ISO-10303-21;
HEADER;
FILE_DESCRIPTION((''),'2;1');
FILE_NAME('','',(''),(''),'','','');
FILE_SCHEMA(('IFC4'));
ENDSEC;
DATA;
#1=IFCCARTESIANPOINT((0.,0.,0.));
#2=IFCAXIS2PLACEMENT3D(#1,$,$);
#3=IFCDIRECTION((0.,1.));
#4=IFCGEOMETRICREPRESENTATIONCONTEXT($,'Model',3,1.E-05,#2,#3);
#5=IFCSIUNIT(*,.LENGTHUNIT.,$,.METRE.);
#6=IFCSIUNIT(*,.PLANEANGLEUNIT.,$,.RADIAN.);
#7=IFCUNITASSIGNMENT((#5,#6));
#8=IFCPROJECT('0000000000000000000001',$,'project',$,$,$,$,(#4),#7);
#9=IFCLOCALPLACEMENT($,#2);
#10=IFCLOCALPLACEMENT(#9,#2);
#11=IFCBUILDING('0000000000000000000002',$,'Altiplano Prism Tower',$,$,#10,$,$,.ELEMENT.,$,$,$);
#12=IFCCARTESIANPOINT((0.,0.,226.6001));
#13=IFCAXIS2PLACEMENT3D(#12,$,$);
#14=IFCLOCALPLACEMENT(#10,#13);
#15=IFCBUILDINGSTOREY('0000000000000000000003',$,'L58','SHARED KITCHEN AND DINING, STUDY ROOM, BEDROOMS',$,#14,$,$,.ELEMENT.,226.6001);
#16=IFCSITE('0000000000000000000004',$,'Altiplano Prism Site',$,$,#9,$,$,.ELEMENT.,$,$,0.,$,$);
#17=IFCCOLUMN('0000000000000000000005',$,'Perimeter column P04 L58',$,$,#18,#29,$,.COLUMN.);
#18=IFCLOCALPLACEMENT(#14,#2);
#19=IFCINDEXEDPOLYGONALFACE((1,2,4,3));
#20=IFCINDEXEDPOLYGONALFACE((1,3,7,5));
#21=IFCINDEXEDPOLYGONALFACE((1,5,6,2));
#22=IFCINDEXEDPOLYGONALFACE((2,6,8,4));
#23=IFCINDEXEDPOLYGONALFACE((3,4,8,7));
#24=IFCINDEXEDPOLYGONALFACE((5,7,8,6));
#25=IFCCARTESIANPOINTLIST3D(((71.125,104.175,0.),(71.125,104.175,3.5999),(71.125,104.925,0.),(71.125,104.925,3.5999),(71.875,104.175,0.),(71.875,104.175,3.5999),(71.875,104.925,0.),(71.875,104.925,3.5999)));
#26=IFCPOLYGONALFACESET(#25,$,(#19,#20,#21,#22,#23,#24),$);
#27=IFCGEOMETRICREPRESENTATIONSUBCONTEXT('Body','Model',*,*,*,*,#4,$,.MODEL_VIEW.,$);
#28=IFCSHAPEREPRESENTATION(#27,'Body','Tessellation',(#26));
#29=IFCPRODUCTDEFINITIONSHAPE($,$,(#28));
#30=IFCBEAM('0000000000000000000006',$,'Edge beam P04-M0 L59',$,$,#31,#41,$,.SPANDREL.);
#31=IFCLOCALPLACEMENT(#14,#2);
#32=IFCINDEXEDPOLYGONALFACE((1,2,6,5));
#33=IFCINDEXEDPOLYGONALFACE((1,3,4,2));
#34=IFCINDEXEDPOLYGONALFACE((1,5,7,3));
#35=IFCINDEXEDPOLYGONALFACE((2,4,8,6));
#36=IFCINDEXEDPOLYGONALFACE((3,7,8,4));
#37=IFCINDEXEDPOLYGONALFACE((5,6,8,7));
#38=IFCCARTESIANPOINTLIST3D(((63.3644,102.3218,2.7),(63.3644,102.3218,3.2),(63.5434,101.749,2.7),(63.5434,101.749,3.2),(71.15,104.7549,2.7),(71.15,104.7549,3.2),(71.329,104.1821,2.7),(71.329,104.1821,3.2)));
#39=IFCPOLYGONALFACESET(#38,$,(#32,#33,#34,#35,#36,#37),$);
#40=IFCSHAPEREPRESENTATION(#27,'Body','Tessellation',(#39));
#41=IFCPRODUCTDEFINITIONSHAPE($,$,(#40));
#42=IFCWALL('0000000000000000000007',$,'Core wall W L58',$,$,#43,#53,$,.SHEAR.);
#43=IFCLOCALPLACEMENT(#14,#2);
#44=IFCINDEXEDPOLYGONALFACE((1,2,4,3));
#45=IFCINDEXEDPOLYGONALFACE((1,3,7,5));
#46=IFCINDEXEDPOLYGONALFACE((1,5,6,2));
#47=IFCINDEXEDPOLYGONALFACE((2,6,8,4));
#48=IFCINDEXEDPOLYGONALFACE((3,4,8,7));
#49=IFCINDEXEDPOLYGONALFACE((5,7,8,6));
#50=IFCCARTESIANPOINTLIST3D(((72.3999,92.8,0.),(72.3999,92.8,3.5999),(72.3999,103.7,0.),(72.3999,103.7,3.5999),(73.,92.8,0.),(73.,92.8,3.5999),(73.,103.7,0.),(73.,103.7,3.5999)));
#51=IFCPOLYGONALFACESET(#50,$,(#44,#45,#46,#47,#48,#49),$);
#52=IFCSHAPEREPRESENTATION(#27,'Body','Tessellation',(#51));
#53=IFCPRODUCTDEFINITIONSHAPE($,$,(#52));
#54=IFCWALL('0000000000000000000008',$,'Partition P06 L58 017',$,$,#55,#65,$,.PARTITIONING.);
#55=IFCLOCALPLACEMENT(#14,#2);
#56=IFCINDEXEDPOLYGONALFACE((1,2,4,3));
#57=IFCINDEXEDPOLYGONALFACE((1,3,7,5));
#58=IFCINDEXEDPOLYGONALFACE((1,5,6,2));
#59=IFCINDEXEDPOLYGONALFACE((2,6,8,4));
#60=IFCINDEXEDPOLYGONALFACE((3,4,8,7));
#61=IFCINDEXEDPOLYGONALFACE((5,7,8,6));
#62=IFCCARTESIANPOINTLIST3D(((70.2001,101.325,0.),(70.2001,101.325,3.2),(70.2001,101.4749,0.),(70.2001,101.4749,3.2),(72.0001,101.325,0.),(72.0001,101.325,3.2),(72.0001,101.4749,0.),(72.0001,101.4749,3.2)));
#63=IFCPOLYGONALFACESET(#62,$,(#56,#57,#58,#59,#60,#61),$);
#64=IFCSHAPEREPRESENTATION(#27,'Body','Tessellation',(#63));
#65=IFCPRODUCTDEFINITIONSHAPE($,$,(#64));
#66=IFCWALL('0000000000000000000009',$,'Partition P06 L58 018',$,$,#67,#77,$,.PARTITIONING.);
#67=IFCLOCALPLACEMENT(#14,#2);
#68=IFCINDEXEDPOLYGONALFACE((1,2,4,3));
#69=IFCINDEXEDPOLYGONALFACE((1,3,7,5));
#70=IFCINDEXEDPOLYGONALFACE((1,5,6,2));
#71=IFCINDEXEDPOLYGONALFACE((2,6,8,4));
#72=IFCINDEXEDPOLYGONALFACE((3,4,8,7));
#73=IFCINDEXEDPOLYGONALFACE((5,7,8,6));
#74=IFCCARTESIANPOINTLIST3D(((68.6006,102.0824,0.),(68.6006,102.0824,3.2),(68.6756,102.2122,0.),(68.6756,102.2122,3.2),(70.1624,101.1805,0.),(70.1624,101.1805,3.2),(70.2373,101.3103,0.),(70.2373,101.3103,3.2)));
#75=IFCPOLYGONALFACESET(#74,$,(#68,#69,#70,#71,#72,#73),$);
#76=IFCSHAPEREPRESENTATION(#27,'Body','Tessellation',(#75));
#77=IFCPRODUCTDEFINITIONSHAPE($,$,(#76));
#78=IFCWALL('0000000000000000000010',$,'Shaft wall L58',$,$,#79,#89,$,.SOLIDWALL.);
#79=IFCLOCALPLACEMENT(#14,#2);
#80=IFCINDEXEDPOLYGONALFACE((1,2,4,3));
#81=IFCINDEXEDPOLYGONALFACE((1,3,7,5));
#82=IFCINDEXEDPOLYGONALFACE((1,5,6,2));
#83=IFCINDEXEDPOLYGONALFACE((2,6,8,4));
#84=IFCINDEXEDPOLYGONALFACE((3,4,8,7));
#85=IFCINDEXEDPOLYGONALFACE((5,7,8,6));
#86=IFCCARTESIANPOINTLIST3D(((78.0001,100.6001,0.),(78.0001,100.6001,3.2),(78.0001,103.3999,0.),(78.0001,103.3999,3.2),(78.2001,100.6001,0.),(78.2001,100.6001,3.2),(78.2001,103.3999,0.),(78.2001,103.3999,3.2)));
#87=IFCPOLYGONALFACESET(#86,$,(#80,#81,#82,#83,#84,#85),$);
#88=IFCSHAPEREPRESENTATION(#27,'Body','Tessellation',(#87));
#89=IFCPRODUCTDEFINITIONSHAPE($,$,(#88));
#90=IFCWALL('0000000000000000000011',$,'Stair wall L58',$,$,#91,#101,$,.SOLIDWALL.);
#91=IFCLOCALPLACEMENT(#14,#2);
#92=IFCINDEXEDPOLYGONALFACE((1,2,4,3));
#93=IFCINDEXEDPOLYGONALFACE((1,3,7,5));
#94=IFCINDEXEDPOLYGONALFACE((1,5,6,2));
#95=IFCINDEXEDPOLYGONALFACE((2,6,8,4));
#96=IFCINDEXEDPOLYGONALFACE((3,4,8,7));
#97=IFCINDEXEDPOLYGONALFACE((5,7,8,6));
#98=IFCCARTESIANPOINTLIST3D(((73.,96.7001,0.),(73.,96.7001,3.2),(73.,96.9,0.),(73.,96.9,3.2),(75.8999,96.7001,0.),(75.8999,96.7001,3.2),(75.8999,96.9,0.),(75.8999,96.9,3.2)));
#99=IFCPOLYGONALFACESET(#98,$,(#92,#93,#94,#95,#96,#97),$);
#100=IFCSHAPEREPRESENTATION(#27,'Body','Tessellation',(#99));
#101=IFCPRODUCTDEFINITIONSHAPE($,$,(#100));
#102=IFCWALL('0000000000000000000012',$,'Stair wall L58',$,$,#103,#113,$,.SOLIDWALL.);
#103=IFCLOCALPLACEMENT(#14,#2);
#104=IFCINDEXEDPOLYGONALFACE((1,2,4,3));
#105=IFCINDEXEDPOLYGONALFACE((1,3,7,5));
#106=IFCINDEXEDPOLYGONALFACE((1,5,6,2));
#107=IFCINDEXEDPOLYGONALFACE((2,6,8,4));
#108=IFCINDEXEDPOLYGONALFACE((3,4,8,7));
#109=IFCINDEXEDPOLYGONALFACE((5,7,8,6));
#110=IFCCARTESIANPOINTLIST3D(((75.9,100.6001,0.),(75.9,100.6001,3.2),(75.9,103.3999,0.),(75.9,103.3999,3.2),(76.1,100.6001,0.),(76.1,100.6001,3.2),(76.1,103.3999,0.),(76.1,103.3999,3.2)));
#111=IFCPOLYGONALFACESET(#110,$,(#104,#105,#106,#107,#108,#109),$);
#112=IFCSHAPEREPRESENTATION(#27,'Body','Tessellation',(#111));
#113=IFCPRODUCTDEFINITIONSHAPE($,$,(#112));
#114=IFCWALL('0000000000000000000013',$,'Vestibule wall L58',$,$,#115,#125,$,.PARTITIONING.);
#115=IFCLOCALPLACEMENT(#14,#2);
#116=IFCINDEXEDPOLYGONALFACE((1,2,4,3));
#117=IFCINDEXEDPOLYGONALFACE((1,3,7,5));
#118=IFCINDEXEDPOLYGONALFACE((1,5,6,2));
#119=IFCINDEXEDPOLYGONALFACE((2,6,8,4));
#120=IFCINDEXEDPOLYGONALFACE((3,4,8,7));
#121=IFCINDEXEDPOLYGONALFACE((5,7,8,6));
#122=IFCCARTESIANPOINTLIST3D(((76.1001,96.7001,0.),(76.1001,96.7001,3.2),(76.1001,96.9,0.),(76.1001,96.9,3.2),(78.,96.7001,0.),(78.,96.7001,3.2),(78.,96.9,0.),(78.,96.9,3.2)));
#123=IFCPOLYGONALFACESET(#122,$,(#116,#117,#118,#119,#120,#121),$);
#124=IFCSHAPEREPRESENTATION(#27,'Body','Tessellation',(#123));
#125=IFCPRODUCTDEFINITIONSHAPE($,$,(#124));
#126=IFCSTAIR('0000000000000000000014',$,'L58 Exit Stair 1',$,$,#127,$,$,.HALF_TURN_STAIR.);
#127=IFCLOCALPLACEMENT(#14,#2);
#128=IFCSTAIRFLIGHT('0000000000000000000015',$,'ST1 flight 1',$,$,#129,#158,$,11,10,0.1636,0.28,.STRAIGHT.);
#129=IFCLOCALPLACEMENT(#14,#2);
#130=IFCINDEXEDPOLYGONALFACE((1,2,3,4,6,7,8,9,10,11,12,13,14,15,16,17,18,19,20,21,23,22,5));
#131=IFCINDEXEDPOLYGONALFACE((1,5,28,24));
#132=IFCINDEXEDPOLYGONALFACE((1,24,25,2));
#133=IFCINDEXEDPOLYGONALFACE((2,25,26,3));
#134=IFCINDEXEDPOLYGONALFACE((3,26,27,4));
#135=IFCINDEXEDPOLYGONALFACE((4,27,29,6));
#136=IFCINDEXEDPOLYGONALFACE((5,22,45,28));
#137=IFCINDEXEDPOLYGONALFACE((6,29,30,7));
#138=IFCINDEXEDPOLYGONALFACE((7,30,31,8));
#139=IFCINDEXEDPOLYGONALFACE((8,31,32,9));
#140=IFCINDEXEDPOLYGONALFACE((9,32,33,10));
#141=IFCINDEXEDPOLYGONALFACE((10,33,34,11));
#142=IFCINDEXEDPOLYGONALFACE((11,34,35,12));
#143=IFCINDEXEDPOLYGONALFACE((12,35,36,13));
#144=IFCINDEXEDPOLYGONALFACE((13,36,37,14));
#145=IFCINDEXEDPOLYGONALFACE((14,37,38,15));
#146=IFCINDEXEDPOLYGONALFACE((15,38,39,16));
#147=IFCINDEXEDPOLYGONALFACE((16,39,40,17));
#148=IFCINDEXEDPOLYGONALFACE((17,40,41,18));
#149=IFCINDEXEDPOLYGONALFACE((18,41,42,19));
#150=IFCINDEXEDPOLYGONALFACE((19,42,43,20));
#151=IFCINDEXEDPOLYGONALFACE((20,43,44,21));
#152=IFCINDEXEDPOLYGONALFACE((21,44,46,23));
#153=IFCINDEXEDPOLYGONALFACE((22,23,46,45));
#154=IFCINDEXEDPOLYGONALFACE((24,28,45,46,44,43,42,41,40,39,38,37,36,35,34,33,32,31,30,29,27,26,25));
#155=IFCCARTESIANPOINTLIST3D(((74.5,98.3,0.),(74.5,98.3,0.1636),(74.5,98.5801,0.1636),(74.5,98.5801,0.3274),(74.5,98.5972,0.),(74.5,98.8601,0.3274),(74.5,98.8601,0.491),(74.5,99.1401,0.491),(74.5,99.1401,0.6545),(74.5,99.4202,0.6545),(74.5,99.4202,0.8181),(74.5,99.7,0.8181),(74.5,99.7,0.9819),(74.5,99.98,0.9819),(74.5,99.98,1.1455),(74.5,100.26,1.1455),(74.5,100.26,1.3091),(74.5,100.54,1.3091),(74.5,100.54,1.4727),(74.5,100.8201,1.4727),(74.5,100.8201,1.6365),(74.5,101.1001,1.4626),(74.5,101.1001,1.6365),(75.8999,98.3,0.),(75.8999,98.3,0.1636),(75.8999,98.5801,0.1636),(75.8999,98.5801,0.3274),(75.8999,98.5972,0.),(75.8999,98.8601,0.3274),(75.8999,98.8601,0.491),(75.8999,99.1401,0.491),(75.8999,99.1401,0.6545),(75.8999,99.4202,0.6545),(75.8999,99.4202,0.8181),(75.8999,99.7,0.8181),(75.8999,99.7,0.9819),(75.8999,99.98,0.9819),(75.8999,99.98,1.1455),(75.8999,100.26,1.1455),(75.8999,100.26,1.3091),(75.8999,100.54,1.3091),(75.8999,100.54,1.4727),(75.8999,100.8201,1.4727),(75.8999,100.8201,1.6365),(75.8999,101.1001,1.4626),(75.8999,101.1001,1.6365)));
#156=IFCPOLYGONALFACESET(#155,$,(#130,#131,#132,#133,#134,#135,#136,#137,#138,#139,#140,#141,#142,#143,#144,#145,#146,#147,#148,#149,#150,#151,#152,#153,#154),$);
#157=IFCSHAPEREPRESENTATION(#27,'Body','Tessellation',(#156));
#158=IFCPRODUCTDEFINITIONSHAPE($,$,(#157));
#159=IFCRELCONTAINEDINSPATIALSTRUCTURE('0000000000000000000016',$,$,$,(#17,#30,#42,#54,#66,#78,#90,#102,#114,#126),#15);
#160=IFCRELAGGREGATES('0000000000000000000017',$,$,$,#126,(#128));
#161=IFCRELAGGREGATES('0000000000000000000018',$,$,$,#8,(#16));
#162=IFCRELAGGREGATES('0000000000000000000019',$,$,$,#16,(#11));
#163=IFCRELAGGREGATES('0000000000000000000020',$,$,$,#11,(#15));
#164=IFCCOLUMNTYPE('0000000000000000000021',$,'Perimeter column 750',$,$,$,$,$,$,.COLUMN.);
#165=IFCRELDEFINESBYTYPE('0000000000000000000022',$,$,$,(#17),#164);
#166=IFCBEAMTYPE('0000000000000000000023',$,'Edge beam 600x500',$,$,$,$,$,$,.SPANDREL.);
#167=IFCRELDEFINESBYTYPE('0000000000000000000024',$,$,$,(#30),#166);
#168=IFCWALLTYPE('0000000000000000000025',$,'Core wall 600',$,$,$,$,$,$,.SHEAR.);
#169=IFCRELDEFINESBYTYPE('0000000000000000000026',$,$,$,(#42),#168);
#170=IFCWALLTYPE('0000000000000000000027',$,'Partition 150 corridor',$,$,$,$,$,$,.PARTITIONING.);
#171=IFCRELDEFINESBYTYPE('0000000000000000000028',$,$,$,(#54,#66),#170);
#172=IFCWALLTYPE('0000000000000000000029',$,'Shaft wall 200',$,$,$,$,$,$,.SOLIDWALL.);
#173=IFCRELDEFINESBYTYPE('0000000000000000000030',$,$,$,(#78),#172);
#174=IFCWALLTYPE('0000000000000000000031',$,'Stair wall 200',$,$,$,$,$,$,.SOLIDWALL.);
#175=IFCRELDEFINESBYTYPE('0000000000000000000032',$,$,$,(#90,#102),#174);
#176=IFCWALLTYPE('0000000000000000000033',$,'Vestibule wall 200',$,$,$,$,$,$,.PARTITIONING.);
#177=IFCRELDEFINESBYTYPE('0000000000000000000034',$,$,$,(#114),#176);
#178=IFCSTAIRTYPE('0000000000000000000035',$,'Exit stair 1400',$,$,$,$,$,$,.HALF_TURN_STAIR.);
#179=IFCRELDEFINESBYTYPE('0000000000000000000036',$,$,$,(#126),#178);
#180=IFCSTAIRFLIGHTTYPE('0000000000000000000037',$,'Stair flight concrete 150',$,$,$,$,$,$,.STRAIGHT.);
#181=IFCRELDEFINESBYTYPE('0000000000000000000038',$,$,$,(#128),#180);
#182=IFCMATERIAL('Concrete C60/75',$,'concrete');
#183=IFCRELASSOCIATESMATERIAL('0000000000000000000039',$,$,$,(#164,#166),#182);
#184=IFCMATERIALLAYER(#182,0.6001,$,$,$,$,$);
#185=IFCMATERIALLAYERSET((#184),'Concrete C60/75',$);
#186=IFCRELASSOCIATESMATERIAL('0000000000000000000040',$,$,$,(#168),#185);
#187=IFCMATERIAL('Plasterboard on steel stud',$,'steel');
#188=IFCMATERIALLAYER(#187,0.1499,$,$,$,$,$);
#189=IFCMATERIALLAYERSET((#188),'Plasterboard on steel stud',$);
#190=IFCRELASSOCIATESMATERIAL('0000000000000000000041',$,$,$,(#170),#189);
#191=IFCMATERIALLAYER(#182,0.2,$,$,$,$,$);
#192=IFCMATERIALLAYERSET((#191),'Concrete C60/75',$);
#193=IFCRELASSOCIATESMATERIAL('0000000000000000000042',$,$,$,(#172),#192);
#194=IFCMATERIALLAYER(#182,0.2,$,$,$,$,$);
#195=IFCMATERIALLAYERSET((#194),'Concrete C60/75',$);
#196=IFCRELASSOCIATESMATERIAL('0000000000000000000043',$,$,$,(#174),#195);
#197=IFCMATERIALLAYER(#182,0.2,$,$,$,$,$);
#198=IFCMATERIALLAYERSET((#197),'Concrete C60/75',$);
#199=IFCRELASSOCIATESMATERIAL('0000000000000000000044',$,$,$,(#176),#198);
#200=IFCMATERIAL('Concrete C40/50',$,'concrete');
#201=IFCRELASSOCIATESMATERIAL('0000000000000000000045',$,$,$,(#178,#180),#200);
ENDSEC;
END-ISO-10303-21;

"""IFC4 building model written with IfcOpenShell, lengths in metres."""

from ifc_helpers import new_model, si_unit, direction, frame, frame_2d, origin, origin_2d, place, context, subcontext, project, spatial, polyline, rectangle, outline, extrude, material, layer, layer_set, material_profile, profile_set, type_object, element, aggregate, save


model = new_model("IFC4")

# Units and contexts
model_context = context("Model", 3, precision=1e-05, world=origin(), true_north=direction((0.0, 1.0)))
body_context = subcontext(model_context, "Body", "Model", "MODEL_VIEW")
ifc_project = project(units=[si_unit("LENGTHUNIT", "METRE"), si_unit("PLANEANGLEUNIT", "RADIAN")], contexts=[model_context])

# Site, building, storey
site_placement = place(None, origin())
site = spatial("IfcSite", under=ifc_project, at=site_placement, Name="Altiplano Prism Site", CompositionType="ELEMENT", RefElevation=0.0)
building_placement = place(site_placement, origin())
building = spatial("IfcBuilding", under=site, at=building_placement, Name="Altiplano Prism Tower", CompositionType="ELEMENT")
storey_placement = place(building_placement, frame((0.0, 0.0, 226.6001)))
storey = spatial("IfcBuildingStorey", under=building, at=storey_placement, Name="L58", Description="SHARED KITCHEN AND DINING, STUDY ROOM, BEDROOMS", CompositionType="ELEMENT", Elevation=226.6001)

# Column
ifc_material_1 = material(Name="Concrete C60/75", Category="concrete")
ifc_material_profile_1 = material_profile(ifc_material_1, rectangle(XDim=0.75, YDim=0.75, at=origin_2d()), Name="Perimeter column 750")
ifc_profile_set_1 = profile_set([ifc_material_profile_1], Name="Concrete C60/75")
column_type = type_object("IfcColumnType", Name="Perimeter column 750", PredefinedType="COLUMN", material=ifc_profile_set_1)
column_placement = place(storey_placement, frame((71.5, 104.55, 0.0), z_axis=(0.0, 0.0, 1.0), x_axis=(1.0, 0.0, 0.0)))
element("IfcColumn", 1, at=column_placement, inside=storey, type_object=column_type, Name="Perimeter column P04 L58", PredefinedType="COLUMN", context=body_context, shape_type="SweptSolid", body=[
    extrude(rectangle(XDim=0.75, YDim=0.75, at=origin_2d()), origin(), (0.0, 0.0, 1.0), 3.5999),
])

# Beam
ifc_material_profile_2 = material_profile(ifc_material_1, rectangle(XDim=0.6001, YDim=0.5, at=origin_2d()), Name="Edge beam 600x500")
ifc_profile_set_2 = profile_set([ifc_material_profile_2], Name="Concrete C60/75")
beam_type = type_object("IfcBeamType", Name="Edge beam 600x500", PredefinedType="SPANDREL", material=ifc_profile_set_2)
beam_placement = place(storey_placement, frame((71.2395, 104.4685, 2.95), z_axis=(-0.954477, -0.298285, 0.0), x_axis=(0.298285, -0.954477, 0.0)))
element("IfcBeam", 2, at=beam_placement, inside=storey, type_object=beam_type, Name="Edge beam P04-M0 L59", PredefinedType="SPANDREL", context=body_context, shape_type="SweptSolid", body=[
    extrude(rectangle(XDim=0.6001, YDim=0.5, at=origin_2d()), origin(), (0.0, 0.0, 1.0), 8.157),
])

# Walls
ifc_layer_1 = layer(ifc_material_1, 0.6001)
ifc_layer_set_1 = layer_set([ifc_layer_1], Name="Concrete C60/75")
wall_type_1 = type_object("IfcWallType", Name="Core wall 600", PredefinedType="SHEAR", material=ifc_layer_set_1)
wall_1_placement = place(storey_placement, frame((72.7, 103.7, 0.0), z_axis=(0.0, 0.0, 1.0), x_axis=(0.0, -1.0, 0.0)))
element("IfcWall", 3, at=wall_1_placement, inside=storey, type_object=wall_type_1, Name="Core wall W L58", PredefinedType="SHEAR", context=body_context, shape_type="SweptSolid", body=[
    extrude(rectangle(XDim=10.8999, YDim=0.6001, at=frame_2d((5.45, 0.0))), origin(), (0.0, 0.0, 1.0), 3.5999),
])
ifc_material_2 = material(Name="Plasterboard on steel stud", Category="steel")
ifc_layer_2 = layer(ifc_material_2, 0.1499)
ifc_layer_set_2 = layer_set([ifc_layer_2], Name="Plasterboard on steel stud")
wall_type_2 = type_object("IfcWallType", Name="Partition 150 corridor", PredefinedType="PARTITIONING", material=ifc_layer_set_2)
wall_2_placement = place(storey_placement, frame((72.0, 101.3999, 0.0), z_axis=(0.0, 0.0, 1.0), x_axis=(-1.0, 0.0, 0.0)))
element("IfcWall", 4, at=wall_2_placement, inside=storey, type_object=wall_type_2, Name="Partition P06 L58 017", PredefinedType="PARTITIONING", context=body_context, shape_type="SweptSolid", body=[
    extrude(rectangle(XDim=1.8, YDim=0.1499, at=frame_2d((0.8999, 0.0))), origin(), (0.0, 0.0, 1.0), 3.2),
])
wall_3_placement = place(storey_placement, frame((70.2, 101.2454, 0.0), z_axis=(0.0, 0.0, 1.0), x_axis=(-0.865985, 0.50007, 0.0)))
element("IfcWall", 5, at=wall_3_placement, inside=storey, type_object=wall_type_2, Name="Partition P06 L58 018", PredefinedType="PARTITIONING", context=body_context, shape_type="SweptSolid", body=[
    extrude(rectangle(XDim=1.8035, YDim=0.1499, at=frame_2d((0.9019, 0.0))), origin(), (0.0, 0.0, 1.0), 3.2),
])
ifc_layer_3 = layer(ifc_material_1, 0.2)
ifc_layer_set_3 = layer_set([ifc_layer_3], Name="Concrete C60/75")
wall_type_3 = type_object("IfcWallType", Name="Shaft wall 200", PredefinedType="SOLIDWALL", material=ifc_layer_set_3)
wall_4_placement = place(storey_placement, frame((78.1001, 100.6001, 0.0), z_axis=(0.0, 0.0, 1.0), x_axis=(0.0, 1.0, 0.0)))
element("IfcWall", 6, at=wall_4_placement, inside=storey, type_object=wall_type_3, Name="Shaft wall L58", PredefinedType="SOLIDWALL", context=body_context, shape_type="SweptSolid", body=[
    extrude(rectangle(XDim=2.7998, YDim=0.2, at=frame_2d((1.3999, 0.0))), origin(), (0.0, 0.0, 1.0), 3.2),
])
ifc_layer_4 = layer(ifc_material_1, 0.2)
ifc_layer_set_4 = layer_set([ifc_layer_4], Name="Concrete C60/75")
wall_type_4 = type_object("IfcWallType", Name="Stair wall 200", PredefinedType="SOLIDWALL", material=ifc_layer_set_4)
wall_5_placement = place(storey_placement, frame((73.0, 96.8, 0.0), z_axis=(0.0, 0.0, 1.0), x_axis=(1.0, 0.0, 0.0)))
element("IfcWall", 7, at=wall_5_placement, inside=storey, type_object=wall_type_4, Name="Stair wall L58", PredefinedType="SOLIDWALL", context=body_context, shape_type="SweptSolid", body=[
    extrude(rectangle(XDim=2.8999, YDim=0.2, at=frame_2d((1.45, 0.0))), origin(), (0.0, 0.0, 1.0), 3.2),
])

# Walls
wall_6_placement = place(storey_placement, frame((76.0, 100.6001, 0.0), z_axis=(0.0, 0.0, 1.0), x_axis=(0.0, 1.0, 0.0)))
element("IfcWall", 8, at=wall_6_placement, inside=storey, type_object=wall_type_4, Name="Stair wall L58", PredefinedType="SOLIDWALL", context=body_context, shape_type="SweptSolid", body=[
    extrude(rectangle(XDim=2.7998, YDim=0.2, at=frame_2d((1.3999, 0.0))), origin(), (0.0, 0.0, 1.0), 3.2),
])
ifc_layer_5 = layer(ifc_material_1, 0.2)
ifc_layer_set_5 = layer_set([ifc_layer_5], Name="Concrete C60/75")
wall_type_5 = type_object("IfcWallType", Name="Vestibule wall 200", PredefinedType="PARTITIONING", material=ifc_layer_set_5)
wall_7_placement = place(storey_placement, frame((76.1001, 96.8, 0.0), z_axis=(0.0, 0.0, 1.0), x_axis=(1.0, 0.0, 0.0)))
element("IfcWall", 9, at=wall_7_placement, inside=storey, type_object=wall_type_5, Name="Vestibule wall L58", PredefinedType="PARTITIONING", context=body_context, shape_type="SweptSolid", body=[
    extrude(rectangle(XDim=1.8999, YDim=0.2, at=frame_2d((0.95, 0.0))), origin(), (0.0, 0.0, 1.0), 3.2),
])

# Stair, stair flight
ifc_material_3 = material(Name="Concrete C40/50", Category="concrete")
stair_type = type_object("IfcStairType", Name="Exit stair 1400", PredefinedType="HALF_TURN_STAIR", material=ifc_material_3)
stair_placement = place(storey_placement, origin())
stair = element("IfcStair", 10, at=stair_placement, inside=storey, type_object=stair_type, Name="L58 Exit Stair 1", PredefinedType="HALF_TURN_STAIR")
stair_flight_type = type_object("IfcStairFlightType", Name="Stair flight concrete 150", PredefinedType="STRAIGHT", material=ifc_material_3)
stair_flight_1_placement = place(storey_placement, frame((75.2, 98.3, 0.0), z_axis=(0.0, 0.0, 1.0), x_axis=(0.0, 1.0, 0.0)))
stair_flight_1 = element("IfcStairFlight", 11, at=stair_flight_1_placement, type_object=stair_flight_type, Name="ST1 flight 1", NumberOfRisers=11, NumberOfTreads=10, PredefinedType="STRAIGHT", RiserHeight=0.1636, TreadLength=0.28, context=body_context, shape_type="SweptSolid", body=[
    extrude(outline(polyline([(0.0, 0.0), (0.0, 0.1636), (0.28, 0.1636), (0.28, 0.3274), (0.5601, 0.3274), (0.5601, 0.491), (0.8401, 0.491), (0.8401, 0.6545), (1.1201, 0.6545), (1.1201, 0.8181), (1.3999, 0.8181), (1.3999, 0.9819), (1.6799, 0.9819), (1.6799, 1.1455), (1.96, 1.1455), (1.96, 1.3091), (2.24, 1.3091), (2.24, 1.4727), (2.52, 1.4727), (2.52, 1.6365), (2.8, 1.6365), (2.8, 1.8), (2.8, 1.4626), (0.2971, 0.0), (0.0, 0.0)])), frame((0.0, 0.7, 0.0), z_axis=(0.0, -1.0, 0.0), x_axis=(1.0, 0.0, 0.0)), (0.0, 0.0, 1.0), 1.3999),
])
aggregate(stair, [stair_flight_1])

save(model, "model.ifc")
